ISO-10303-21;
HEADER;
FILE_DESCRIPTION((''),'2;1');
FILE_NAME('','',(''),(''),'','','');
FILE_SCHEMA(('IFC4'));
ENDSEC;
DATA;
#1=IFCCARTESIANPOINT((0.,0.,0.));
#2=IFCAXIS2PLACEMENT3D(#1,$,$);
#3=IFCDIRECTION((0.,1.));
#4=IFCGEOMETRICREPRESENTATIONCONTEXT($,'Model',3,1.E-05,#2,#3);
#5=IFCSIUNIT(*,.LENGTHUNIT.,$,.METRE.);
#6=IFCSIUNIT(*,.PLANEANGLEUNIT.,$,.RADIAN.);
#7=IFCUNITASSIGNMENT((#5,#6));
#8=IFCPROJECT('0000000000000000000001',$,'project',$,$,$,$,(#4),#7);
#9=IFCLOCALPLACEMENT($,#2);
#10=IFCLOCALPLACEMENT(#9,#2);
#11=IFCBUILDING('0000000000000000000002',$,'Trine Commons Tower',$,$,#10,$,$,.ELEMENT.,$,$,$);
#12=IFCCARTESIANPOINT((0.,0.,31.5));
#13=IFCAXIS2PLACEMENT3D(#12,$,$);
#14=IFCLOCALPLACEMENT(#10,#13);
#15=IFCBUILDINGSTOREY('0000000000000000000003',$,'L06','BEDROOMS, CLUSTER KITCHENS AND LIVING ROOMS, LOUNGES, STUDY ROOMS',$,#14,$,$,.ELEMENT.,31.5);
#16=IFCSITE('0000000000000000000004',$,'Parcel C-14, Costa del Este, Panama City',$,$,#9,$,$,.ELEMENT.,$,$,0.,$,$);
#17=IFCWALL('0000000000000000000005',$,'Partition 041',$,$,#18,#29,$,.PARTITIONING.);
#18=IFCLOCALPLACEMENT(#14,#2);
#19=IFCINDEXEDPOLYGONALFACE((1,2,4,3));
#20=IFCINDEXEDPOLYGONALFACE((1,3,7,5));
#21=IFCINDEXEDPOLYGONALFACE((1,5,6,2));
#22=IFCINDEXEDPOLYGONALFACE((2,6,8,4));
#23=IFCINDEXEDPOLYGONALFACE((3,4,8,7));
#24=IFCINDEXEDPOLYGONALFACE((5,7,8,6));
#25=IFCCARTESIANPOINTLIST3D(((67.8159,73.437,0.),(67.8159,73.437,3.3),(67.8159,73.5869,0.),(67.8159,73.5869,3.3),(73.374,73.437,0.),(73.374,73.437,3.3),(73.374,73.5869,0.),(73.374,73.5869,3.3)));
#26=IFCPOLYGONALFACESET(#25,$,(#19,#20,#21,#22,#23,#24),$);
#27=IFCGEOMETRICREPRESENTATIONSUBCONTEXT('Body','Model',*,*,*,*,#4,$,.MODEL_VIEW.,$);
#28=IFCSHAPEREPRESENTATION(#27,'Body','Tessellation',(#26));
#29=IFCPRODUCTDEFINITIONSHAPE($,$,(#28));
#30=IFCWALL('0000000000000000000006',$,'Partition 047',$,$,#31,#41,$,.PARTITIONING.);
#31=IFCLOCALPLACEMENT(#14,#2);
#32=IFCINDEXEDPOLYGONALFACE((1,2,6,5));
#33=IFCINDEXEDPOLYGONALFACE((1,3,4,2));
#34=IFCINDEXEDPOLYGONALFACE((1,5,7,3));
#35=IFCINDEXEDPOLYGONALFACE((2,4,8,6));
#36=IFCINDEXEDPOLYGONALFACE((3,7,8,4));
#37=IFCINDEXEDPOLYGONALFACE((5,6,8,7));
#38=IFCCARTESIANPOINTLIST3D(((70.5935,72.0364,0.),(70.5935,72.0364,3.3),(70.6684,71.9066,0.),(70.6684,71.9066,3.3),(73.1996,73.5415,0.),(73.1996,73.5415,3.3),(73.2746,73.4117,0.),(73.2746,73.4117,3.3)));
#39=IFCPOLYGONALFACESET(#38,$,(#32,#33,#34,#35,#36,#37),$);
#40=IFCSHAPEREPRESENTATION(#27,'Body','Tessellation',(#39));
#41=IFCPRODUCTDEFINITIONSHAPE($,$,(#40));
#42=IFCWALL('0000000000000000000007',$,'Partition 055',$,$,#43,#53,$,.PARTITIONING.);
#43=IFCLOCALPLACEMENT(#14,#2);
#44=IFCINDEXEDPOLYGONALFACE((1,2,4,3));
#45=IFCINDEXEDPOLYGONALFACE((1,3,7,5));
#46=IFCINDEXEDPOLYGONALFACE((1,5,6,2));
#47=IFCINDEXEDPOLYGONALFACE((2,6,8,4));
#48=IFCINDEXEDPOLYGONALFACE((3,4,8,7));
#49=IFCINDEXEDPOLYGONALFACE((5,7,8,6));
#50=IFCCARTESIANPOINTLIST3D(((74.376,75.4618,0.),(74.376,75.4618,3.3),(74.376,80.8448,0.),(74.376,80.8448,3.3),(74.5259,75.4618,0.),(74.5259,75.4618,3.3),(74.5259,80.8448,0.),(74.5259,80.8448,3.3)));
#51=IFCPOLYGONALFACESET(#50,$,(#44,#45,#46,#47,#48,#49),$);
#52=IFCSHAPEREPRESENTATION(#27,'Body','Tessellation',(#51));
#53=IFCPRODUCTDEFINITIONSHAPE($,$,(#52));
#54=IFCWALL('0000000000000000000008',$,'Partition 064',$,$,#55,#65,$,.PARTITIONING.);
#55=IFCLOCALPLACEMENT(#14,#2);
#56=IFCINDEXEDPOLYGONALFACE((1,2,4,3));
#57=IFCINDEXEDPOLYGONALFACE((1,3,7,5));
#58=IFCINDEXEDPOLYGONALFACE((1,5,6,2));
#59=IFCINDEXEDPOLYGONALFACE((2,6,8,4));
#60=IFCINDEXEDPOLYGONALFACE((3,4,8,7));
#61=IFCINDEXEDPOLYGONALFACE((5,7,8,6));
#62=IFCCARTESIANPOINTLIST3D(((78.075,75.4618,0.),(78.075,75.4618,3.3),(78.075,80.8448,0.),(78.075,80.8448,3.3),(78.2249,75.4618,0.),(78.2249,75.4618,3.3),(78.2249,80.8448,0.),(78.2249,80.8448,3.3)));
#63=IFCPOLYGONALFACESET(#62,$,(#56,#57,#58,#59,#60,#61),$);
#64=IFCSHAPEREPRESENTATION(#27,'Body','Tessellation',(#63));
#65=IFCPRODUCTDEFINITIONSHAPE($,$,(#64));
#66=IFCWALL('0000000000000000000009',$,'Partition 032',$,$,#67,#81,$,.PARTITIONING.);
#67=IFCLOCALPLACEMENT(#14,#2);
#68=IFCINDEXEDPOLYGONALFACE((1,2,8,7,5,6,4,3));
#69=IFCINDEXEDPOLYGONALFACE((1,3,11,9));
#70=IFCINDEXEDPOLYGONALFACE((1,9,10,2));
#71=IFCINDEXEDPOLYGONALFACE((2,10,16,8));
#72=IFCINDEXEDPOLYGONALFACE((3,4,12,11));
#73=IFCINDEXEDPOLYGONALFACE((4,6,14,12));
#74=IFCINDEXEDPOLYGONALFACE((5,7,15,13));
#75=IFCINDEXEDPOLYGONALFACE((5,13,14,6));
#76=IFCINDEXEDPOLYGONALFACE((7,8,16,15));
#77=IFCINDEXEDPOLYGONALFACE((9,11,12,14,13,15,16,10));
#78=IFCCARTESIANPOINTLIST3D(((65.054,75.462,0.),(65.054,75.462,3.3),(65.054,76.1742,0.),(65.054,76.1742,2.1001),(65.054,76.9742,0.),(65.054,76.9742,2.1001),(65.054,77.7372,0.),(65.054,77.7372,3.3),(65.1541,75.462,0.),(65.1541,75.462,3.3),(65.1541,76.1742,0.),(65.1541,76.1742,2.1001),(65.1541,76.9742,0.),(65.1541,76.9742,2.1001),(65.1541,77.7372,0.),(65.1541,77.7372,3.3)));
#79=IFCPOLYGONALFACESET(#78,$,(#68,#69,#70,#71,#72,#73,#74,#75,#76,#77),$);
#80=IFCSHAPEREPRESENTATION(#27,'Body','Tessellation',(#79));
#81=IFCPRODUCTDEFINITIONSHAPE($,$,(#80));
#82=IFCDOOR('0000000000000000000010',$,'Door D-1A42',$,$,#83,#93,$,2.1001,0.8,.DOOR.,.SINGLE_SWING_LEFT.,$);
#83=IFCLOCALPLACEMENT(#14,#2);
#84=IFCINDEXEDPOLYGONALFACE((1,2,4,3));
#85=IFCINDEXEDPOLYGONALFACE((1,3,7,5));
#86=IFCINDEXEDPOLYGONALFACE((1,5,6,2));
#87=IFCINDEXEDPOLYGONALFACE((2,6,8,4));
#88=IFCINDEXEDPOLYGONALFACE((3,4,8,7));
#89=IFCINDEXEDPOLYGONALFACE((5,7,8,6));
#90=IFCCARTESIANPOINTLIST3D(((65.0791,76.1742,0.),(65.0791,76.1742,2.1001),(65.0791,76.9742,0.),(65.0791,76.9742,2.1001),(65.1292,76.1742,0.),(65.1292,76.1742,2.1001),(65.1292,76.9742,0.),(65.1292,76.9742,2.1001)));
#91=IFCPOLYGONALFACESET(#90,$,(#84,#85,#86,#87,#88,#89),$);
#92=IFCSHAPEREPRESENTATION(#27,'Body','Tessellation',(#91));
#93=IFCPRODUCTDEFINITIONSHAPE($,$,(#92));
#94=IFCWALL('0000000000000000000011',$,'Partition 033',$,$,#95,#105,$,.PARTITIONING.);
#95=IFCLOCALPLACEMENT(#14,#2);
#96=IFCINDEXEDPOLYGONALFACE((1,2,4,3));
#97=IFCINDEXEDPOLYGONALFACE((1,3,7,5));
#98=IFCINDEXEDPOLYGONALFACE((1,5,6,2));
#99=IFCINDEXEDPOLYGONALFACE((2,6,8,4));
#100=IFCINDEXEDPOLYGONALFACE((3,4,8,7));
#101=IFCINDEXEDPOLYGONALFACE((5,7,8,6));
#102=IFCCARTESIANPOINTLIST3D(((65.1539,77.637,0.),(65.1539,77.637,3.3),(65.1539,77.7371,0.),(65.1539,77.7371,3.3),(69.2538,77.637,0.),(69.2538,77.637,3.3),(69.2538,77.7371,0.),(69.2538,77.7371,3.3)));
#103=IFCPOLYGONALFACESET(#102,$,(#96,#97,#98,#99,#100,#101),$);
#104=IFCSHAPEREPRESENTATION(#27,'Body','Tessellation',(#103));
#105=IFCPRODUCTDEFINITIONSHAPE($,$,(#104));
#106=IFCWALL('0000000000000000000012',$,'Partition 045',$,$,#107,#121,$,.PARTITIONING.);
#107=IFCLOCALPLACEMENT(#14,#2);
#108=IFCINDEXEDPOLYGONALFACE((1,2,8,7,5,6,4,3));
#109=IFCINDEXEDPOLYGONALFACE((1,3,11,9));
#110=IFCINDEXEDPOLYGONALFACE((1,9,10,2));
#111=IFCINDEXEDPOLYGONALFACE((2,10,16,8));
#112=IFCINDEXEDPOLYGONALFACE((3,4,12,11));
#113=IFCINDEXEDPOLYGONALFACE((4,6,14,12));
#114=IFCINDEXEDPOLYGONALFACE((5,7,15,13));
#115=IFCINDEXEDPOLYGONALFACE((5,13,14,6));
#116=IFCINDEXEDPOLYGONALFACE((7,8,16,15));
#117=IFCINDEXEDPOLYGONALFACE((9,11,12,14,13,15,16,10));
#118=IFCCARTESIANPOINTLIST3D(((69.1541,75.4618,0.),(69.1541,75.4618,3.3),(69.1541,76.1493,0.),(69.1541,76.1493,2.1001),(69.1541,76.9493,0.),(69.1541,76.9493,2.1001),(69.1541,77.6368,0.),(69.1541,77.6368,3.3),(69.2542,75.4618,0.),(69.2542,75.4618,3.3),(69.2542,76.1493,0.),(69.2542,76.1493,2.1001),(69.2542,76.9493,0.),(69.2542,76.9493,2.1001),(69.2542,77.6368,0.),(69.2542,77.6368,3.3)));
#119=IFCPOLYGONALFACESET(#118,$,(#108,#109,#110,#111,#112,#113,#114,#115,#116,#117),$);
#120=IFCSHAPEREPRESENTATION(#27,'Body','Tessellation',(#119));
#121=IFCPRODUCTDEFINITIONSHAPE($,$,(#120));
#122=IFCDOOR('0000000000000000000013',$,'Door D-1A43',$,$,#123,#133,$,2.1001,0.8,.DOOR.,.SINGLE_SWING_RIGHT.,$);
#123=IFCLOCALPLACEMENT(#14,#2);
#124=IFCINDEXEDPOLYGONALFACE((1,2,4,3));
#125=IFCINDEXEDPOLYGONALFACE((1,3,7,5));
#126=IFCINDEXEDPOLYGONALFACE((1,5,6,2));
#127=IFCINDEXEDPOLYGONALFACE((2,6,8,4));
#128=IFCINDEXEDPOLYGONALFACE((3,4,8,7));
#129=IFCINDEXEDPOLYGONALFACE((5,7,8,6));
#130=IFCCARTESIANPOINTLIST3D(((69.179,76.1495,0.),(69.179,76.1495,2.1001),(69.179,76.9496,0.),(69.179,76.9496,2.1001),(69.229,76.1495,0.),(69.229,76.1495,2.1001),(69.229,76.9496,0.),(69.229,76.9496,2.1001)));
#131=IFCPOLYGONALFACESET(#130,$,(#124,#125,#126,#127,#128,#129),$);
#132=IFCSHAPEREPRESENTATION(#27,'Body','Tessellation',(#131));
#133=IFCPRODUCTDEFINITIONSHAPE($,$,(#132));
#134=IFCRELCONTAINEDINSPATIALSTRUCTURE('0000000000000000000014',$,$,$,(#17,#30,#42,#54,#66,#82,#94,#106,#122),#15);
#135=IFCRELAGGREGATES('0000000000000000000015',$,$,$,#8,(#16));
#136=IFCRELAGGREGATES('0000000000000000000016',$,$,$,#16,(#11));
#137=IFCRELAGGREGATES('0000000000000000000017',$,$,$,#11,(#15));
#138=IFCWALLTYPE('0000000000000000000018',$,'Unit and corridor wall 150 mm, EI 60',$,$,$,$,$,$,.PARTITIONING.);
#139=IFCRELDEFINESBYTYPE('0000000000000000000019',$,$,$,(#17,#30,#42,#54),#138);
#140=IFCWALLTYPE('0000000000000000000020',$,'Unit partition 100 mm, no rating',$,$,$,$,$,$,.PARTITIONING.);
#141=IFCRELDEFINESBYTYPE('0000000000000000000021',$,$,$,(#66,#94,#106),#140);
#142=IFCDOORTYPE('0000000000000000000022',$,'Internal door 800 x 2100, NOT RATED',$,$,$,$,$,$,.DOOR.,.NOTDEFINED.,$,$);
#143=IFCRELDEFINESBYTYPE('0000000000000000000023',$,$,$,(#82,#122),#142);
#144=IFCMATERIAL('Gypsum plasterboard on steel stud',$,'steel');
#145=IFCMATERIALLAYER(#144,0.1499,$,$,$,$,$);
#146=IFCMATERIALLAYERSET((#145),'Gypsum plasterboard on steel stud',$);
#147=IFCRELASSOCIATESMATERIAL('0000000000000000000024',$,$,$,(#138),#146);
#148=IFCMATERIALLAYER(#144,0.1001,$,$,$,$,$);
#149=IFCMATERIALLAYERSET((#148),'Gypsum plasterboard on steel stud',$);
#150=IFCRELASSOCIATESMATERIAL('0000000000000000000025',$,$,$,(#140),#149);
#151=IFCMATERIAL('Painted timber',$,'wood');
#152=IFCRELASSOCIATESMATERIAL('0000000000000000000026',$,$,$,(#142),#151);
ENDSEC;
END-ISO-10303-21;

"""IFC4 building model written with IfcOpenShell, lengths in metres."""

from ifc_helpers import new_model, si_unit, direction, frame, frame_2d, origin, place, context, subcontext, project, spatial, rectangle, extrude, material, layer, layer_set, type_object, element, fill, save


model = new_model("IFC4")

# Units and contexts
model_context = context("Model", 3, precision=1e-05, world=origin(), true_north=direction((0.0, 1.0)))
body_context = subcontext(model_context, "Body", "Model", "MODEL_VIEW")
ifc_project = project(units=[si_unit("LENGTHUNIT", "METRE"), si_unit("PLANEANGLEUNIT", "RADIAN")], contexts=[model_context])

# Site, building, storey
site_placement = place(None, origin())
site = spatial("IfcSite", under=ifc_project, at=site_placement, Name="Parcel C-14, Costa del Este, Panama City", CompositionType="ELEMENT", RefElevation=0.0)
building_placement = place(site_placement, origin())
building = spatial("IfcBuilding", under=site, at=building_placement, Name="Trine Commons Tower", CompositionType="ELEMENT")
storey_placement = place(building_placement, frame((0.0, 0.0, 31.5)))
storey = spatial("IfcBuildingStorey", under=building, at=storey_placement, Name="L06", Description="BEDROOMS, CLUSTER KITCHENS AND LIVING ROOMS, LOUNGES, STUDY ROOMS", CompositionType="ELEMENT", Elevation=31.5)

# Shared definitions
ifc_material_1 = material(Name="Gypsum plasterboard on steel stud", Category="steel")
ifc_layer_1 = layer(ifc_material_1, 0.1499)
ifc_layer_set_1 = layer_set([ifc_layer_1], Name="Gypsum plasterboard on steel stud")
wall_type_1 = type_object("IfcWallType", Name="Unit and corridor wall 150 mm, EI 60", PredefinedType="PARTITIONING", material=ifc_layer_set_1)
ifc_material_2 = material(Name="Painted timber", Category="wood")

# Walls
wall_1_placement = place(storey_placement, frame((67.8159, 73.512, 0.0), z_axis=(0.0, 0.0, 1.0), x_axis=(1.0, 0.0, 0.0)))
element("IfcWall", 1, at=wall_1_placement, inside=storey, type_object=wall_type_1, Name="Partition 041", PredefinedType="PARTITIONING", context=body_context, shape_type="SweptSolid", body=[
    extrude(rectangle(XDim=5.5581, YDim=0.1499, at=frame_2d((2.7791, 0.0))), origin(), (0.0, 0.0, 1.0), 3.3),
])
wall_2_placement = place(storey_placement, frame((70.6309, 71.9714, 0.0), z_axis=(0.0, 0.0, 1.0), x_axis=(0.865963, 0.500109, 0.0)))
element("IfcWall", 2, at=wall_2_placement, inside=storey, type_object=wall_type_1, Name="Partition 047", PredefinedType="PARTITIONING", context=body_context, shape_type="SweptSolid", body=[
    extrude(rectangle(XDim=3.0095, YDim=0.1499, at=frame_2d((1.5049, 0.0))), origin(), (0.0, 0.0, 1.0), 3.3),
])
for number, where, z_axis, x_axis, name in (
    (3, (74.4509, 75.4619, 0.0), (0.0, 0.0, 1.0), (0.0, 1.0, 0.0), "Partition 055"),
    (4, (78.1499, 75.4619, 0.0), (0.0, 0.0, 1.0), (0.0, 1.0, 0.0), "Partition 064"),
):
    element("IfcWall", number, at=place(storey_placement, frame(where, z_axis=z_axis, x_axis=x_axis)), inside=storey, type_object=wall_type_1, Name=name, PredefinedType="PARTITIONING", context=body_context, shape_type="SweptSolid", body=[
        extrude(rectangle(XDim=5.3831, YDim=0.1499, at=frame_2d((2.6914, 0.0))), origin(), (0.0, 0.0, 1.0), 3.3),
    ])

# Wall, opening, door
ifc_layer_2 = layer(ifc_material_1, 0.1001)
ifc_layer_set_2 = layer_set([ifc_layer_2], Name="Gypsum plasterboard on steel stud")
wall_type_2 = type_object("IfcWallType", Name="Unit partition 100 mm, no rating", PredefinedType="PARTITIONING", material=ifc_layer_set_2)
wall_3_placement = place(storey_placement, frame((65.104, 75.4619, 0.0), z_axis=(0.0, 0.0, 1.0), x_axis=(0.0, 1.0, 0.0)))
wall_3 = element("IfcWall", 5, at=wall_3_placement, inside=storey, type_object=wall_type_2, Name="Partition 032", PredefinedType="PARTITIONING", context=body_context, shape_type="SweptSolid", body=[
    extrude(rectangle(XDim=2.2751, YDim=0.1001, at=frame_2d((1.1377, 0.0))), origin(), (0.0, 0.0, 1.0), 3.3),
])
opening_1_placement = place(wall_3_placement, frame((0.7124, 0.0, 0.0)))
opening_1 = element("IfcOpeningElement", 6, at=opening_1_placement, cuts=wall_3, PredefinedType="OPENING", context=body_context, shape_type="SweptSolid", body=[
    extrude(rectangle(XDim=0.8, YDim=2.1001, at=frame_2d((0.3999, 1.05))), frame((0.0, 0.0601, 0.0), z_axis=(0.0, -1.0, 0.0), x_axis=(1.0, 0.0, 0.0)), (0.0, 0.0, 1.0), 0.1201),
])
door_type_1 = type_object("IfcDoorType", Name="Internal door 800 x 2100, NOT RATED", OperationType="NOTDEFINED", PredefinedType="DOOR", material=ifc_material_2)
door_1_placement = place(opening_1_placement, origin())
door_1 = element("IfcDoor", 7, at=door_1_placement, inside=storey, type_object=door_type_1, Name="Door D-1A42", OperationType="SINGLE_SWING_LEFT", OverallHeight=2.1001, OverallWidth=0.8, PredefinedType="DOOR", context=body_context, shape_type="SweptSolid", body=[
    extrude(rectangle(XDim=0.8, YDim=2.1001, at=frame_2d((0.3999, 1.05))), frame((0.0, 0.0249, 0.0), z_axis=(0.0, -1.0, 0.0), x_axis=(1.0, 0.0, 0.0)), (0.0, 0.0, 1.0), 0.05),
])
fill(opening_1, door_1)

# Wall
wall_4_placement = place(storey_placement, frame((65.1541, 77.687, 0.0), z_axis=(0.0, 0.0, 1.0), x_axis=(1.0, 0.0, 0.0)))
element("IfcWall", 8, at=wall_4_placement, inside=storey, type_object=wall_type_2, Name="Partition 033", PredefinedType="PARTITIONING", context=body_context, shape_type="SweptSolid", body=[
    extrude(rectangle(XDim=4.0999, YDim=0.1001, at=frame_2d((2.0498, 0.0))), origin(), (0.0, 0.0, 1.0), 3.3),
])

# Wall, opening, door
wall_5_placement = place(storey_placement, frame((69.2041, 75.4619, 0.0), z_axis=(0.0, 0.0, 1.0), x_axis=(0.0, 1.0, 0.0)))
wall_5 = element("IfcWall", 9, at=wall_5_placement, inside=storey, type_object=wall_type_2, Name="Partition 045", PredefinedType="PARTITIONING", context=body_context, shape_type="SweptSolid", body=[
    extrude(rectangle(XDim=2.175, YDim=0.1001, at=frame_2d((1.0874, 0.0))), origin(), (0.0, 0.0, 1.0), 3.3),
])
opening_2_placement = place(wall_5_placement, frame((0.6875, 0.0, 0.0)))
opening_2 = element("IfcOpeningElement", 10, at=opening_2_placement, cuts=wall_5, PredefinedType="OPENING", context=body_context, shape_type="SweptSolid", body=[
    extrude(rectangle(XDim=0.8, YDim=2.1001, at=frame_2d((0.3999, 1.05))), frame((0.0, 0.0601, 0.0), z_axis=(0.0, -1.0, 0.0), x_axis=(1.0, 0.0, 0.0)), (0.0, 0.0, 1.0), 0.1201),
])
door_2_placement = place(opening_2_placement, frame((0.8, 0.0, 0.0), z_axis=(0.0, 0.0, 1.0), x_axis=(-1.0, 0.0, 0.0)))
door_2 = element("IfcDoor", 11, at=door_2_placement, inside=storey, type_object=door_type_1, Name="Door D-1A43", OperationType="SINGLE_SWING_RIGHT", OverallHeight=2.1001, OverallWidth=0.8, PredefinedType="DOOR", context=body_context, shape_type="SweptSolid", body=[
    extrude(rectangle(XDim=0.8, YDim=2.1001, at=frame_2d((0.3999, 1.05))), frame((0.0, 0.0249, 0.0), z_axis=(0.0, -1.0, 0.0), x_axis=(1.0, 0.0, 0.0)), (0.0, 0.0, 1.0), 0.05),
])
fill(opening_2, door_2)

save(model, "model.ifc")
